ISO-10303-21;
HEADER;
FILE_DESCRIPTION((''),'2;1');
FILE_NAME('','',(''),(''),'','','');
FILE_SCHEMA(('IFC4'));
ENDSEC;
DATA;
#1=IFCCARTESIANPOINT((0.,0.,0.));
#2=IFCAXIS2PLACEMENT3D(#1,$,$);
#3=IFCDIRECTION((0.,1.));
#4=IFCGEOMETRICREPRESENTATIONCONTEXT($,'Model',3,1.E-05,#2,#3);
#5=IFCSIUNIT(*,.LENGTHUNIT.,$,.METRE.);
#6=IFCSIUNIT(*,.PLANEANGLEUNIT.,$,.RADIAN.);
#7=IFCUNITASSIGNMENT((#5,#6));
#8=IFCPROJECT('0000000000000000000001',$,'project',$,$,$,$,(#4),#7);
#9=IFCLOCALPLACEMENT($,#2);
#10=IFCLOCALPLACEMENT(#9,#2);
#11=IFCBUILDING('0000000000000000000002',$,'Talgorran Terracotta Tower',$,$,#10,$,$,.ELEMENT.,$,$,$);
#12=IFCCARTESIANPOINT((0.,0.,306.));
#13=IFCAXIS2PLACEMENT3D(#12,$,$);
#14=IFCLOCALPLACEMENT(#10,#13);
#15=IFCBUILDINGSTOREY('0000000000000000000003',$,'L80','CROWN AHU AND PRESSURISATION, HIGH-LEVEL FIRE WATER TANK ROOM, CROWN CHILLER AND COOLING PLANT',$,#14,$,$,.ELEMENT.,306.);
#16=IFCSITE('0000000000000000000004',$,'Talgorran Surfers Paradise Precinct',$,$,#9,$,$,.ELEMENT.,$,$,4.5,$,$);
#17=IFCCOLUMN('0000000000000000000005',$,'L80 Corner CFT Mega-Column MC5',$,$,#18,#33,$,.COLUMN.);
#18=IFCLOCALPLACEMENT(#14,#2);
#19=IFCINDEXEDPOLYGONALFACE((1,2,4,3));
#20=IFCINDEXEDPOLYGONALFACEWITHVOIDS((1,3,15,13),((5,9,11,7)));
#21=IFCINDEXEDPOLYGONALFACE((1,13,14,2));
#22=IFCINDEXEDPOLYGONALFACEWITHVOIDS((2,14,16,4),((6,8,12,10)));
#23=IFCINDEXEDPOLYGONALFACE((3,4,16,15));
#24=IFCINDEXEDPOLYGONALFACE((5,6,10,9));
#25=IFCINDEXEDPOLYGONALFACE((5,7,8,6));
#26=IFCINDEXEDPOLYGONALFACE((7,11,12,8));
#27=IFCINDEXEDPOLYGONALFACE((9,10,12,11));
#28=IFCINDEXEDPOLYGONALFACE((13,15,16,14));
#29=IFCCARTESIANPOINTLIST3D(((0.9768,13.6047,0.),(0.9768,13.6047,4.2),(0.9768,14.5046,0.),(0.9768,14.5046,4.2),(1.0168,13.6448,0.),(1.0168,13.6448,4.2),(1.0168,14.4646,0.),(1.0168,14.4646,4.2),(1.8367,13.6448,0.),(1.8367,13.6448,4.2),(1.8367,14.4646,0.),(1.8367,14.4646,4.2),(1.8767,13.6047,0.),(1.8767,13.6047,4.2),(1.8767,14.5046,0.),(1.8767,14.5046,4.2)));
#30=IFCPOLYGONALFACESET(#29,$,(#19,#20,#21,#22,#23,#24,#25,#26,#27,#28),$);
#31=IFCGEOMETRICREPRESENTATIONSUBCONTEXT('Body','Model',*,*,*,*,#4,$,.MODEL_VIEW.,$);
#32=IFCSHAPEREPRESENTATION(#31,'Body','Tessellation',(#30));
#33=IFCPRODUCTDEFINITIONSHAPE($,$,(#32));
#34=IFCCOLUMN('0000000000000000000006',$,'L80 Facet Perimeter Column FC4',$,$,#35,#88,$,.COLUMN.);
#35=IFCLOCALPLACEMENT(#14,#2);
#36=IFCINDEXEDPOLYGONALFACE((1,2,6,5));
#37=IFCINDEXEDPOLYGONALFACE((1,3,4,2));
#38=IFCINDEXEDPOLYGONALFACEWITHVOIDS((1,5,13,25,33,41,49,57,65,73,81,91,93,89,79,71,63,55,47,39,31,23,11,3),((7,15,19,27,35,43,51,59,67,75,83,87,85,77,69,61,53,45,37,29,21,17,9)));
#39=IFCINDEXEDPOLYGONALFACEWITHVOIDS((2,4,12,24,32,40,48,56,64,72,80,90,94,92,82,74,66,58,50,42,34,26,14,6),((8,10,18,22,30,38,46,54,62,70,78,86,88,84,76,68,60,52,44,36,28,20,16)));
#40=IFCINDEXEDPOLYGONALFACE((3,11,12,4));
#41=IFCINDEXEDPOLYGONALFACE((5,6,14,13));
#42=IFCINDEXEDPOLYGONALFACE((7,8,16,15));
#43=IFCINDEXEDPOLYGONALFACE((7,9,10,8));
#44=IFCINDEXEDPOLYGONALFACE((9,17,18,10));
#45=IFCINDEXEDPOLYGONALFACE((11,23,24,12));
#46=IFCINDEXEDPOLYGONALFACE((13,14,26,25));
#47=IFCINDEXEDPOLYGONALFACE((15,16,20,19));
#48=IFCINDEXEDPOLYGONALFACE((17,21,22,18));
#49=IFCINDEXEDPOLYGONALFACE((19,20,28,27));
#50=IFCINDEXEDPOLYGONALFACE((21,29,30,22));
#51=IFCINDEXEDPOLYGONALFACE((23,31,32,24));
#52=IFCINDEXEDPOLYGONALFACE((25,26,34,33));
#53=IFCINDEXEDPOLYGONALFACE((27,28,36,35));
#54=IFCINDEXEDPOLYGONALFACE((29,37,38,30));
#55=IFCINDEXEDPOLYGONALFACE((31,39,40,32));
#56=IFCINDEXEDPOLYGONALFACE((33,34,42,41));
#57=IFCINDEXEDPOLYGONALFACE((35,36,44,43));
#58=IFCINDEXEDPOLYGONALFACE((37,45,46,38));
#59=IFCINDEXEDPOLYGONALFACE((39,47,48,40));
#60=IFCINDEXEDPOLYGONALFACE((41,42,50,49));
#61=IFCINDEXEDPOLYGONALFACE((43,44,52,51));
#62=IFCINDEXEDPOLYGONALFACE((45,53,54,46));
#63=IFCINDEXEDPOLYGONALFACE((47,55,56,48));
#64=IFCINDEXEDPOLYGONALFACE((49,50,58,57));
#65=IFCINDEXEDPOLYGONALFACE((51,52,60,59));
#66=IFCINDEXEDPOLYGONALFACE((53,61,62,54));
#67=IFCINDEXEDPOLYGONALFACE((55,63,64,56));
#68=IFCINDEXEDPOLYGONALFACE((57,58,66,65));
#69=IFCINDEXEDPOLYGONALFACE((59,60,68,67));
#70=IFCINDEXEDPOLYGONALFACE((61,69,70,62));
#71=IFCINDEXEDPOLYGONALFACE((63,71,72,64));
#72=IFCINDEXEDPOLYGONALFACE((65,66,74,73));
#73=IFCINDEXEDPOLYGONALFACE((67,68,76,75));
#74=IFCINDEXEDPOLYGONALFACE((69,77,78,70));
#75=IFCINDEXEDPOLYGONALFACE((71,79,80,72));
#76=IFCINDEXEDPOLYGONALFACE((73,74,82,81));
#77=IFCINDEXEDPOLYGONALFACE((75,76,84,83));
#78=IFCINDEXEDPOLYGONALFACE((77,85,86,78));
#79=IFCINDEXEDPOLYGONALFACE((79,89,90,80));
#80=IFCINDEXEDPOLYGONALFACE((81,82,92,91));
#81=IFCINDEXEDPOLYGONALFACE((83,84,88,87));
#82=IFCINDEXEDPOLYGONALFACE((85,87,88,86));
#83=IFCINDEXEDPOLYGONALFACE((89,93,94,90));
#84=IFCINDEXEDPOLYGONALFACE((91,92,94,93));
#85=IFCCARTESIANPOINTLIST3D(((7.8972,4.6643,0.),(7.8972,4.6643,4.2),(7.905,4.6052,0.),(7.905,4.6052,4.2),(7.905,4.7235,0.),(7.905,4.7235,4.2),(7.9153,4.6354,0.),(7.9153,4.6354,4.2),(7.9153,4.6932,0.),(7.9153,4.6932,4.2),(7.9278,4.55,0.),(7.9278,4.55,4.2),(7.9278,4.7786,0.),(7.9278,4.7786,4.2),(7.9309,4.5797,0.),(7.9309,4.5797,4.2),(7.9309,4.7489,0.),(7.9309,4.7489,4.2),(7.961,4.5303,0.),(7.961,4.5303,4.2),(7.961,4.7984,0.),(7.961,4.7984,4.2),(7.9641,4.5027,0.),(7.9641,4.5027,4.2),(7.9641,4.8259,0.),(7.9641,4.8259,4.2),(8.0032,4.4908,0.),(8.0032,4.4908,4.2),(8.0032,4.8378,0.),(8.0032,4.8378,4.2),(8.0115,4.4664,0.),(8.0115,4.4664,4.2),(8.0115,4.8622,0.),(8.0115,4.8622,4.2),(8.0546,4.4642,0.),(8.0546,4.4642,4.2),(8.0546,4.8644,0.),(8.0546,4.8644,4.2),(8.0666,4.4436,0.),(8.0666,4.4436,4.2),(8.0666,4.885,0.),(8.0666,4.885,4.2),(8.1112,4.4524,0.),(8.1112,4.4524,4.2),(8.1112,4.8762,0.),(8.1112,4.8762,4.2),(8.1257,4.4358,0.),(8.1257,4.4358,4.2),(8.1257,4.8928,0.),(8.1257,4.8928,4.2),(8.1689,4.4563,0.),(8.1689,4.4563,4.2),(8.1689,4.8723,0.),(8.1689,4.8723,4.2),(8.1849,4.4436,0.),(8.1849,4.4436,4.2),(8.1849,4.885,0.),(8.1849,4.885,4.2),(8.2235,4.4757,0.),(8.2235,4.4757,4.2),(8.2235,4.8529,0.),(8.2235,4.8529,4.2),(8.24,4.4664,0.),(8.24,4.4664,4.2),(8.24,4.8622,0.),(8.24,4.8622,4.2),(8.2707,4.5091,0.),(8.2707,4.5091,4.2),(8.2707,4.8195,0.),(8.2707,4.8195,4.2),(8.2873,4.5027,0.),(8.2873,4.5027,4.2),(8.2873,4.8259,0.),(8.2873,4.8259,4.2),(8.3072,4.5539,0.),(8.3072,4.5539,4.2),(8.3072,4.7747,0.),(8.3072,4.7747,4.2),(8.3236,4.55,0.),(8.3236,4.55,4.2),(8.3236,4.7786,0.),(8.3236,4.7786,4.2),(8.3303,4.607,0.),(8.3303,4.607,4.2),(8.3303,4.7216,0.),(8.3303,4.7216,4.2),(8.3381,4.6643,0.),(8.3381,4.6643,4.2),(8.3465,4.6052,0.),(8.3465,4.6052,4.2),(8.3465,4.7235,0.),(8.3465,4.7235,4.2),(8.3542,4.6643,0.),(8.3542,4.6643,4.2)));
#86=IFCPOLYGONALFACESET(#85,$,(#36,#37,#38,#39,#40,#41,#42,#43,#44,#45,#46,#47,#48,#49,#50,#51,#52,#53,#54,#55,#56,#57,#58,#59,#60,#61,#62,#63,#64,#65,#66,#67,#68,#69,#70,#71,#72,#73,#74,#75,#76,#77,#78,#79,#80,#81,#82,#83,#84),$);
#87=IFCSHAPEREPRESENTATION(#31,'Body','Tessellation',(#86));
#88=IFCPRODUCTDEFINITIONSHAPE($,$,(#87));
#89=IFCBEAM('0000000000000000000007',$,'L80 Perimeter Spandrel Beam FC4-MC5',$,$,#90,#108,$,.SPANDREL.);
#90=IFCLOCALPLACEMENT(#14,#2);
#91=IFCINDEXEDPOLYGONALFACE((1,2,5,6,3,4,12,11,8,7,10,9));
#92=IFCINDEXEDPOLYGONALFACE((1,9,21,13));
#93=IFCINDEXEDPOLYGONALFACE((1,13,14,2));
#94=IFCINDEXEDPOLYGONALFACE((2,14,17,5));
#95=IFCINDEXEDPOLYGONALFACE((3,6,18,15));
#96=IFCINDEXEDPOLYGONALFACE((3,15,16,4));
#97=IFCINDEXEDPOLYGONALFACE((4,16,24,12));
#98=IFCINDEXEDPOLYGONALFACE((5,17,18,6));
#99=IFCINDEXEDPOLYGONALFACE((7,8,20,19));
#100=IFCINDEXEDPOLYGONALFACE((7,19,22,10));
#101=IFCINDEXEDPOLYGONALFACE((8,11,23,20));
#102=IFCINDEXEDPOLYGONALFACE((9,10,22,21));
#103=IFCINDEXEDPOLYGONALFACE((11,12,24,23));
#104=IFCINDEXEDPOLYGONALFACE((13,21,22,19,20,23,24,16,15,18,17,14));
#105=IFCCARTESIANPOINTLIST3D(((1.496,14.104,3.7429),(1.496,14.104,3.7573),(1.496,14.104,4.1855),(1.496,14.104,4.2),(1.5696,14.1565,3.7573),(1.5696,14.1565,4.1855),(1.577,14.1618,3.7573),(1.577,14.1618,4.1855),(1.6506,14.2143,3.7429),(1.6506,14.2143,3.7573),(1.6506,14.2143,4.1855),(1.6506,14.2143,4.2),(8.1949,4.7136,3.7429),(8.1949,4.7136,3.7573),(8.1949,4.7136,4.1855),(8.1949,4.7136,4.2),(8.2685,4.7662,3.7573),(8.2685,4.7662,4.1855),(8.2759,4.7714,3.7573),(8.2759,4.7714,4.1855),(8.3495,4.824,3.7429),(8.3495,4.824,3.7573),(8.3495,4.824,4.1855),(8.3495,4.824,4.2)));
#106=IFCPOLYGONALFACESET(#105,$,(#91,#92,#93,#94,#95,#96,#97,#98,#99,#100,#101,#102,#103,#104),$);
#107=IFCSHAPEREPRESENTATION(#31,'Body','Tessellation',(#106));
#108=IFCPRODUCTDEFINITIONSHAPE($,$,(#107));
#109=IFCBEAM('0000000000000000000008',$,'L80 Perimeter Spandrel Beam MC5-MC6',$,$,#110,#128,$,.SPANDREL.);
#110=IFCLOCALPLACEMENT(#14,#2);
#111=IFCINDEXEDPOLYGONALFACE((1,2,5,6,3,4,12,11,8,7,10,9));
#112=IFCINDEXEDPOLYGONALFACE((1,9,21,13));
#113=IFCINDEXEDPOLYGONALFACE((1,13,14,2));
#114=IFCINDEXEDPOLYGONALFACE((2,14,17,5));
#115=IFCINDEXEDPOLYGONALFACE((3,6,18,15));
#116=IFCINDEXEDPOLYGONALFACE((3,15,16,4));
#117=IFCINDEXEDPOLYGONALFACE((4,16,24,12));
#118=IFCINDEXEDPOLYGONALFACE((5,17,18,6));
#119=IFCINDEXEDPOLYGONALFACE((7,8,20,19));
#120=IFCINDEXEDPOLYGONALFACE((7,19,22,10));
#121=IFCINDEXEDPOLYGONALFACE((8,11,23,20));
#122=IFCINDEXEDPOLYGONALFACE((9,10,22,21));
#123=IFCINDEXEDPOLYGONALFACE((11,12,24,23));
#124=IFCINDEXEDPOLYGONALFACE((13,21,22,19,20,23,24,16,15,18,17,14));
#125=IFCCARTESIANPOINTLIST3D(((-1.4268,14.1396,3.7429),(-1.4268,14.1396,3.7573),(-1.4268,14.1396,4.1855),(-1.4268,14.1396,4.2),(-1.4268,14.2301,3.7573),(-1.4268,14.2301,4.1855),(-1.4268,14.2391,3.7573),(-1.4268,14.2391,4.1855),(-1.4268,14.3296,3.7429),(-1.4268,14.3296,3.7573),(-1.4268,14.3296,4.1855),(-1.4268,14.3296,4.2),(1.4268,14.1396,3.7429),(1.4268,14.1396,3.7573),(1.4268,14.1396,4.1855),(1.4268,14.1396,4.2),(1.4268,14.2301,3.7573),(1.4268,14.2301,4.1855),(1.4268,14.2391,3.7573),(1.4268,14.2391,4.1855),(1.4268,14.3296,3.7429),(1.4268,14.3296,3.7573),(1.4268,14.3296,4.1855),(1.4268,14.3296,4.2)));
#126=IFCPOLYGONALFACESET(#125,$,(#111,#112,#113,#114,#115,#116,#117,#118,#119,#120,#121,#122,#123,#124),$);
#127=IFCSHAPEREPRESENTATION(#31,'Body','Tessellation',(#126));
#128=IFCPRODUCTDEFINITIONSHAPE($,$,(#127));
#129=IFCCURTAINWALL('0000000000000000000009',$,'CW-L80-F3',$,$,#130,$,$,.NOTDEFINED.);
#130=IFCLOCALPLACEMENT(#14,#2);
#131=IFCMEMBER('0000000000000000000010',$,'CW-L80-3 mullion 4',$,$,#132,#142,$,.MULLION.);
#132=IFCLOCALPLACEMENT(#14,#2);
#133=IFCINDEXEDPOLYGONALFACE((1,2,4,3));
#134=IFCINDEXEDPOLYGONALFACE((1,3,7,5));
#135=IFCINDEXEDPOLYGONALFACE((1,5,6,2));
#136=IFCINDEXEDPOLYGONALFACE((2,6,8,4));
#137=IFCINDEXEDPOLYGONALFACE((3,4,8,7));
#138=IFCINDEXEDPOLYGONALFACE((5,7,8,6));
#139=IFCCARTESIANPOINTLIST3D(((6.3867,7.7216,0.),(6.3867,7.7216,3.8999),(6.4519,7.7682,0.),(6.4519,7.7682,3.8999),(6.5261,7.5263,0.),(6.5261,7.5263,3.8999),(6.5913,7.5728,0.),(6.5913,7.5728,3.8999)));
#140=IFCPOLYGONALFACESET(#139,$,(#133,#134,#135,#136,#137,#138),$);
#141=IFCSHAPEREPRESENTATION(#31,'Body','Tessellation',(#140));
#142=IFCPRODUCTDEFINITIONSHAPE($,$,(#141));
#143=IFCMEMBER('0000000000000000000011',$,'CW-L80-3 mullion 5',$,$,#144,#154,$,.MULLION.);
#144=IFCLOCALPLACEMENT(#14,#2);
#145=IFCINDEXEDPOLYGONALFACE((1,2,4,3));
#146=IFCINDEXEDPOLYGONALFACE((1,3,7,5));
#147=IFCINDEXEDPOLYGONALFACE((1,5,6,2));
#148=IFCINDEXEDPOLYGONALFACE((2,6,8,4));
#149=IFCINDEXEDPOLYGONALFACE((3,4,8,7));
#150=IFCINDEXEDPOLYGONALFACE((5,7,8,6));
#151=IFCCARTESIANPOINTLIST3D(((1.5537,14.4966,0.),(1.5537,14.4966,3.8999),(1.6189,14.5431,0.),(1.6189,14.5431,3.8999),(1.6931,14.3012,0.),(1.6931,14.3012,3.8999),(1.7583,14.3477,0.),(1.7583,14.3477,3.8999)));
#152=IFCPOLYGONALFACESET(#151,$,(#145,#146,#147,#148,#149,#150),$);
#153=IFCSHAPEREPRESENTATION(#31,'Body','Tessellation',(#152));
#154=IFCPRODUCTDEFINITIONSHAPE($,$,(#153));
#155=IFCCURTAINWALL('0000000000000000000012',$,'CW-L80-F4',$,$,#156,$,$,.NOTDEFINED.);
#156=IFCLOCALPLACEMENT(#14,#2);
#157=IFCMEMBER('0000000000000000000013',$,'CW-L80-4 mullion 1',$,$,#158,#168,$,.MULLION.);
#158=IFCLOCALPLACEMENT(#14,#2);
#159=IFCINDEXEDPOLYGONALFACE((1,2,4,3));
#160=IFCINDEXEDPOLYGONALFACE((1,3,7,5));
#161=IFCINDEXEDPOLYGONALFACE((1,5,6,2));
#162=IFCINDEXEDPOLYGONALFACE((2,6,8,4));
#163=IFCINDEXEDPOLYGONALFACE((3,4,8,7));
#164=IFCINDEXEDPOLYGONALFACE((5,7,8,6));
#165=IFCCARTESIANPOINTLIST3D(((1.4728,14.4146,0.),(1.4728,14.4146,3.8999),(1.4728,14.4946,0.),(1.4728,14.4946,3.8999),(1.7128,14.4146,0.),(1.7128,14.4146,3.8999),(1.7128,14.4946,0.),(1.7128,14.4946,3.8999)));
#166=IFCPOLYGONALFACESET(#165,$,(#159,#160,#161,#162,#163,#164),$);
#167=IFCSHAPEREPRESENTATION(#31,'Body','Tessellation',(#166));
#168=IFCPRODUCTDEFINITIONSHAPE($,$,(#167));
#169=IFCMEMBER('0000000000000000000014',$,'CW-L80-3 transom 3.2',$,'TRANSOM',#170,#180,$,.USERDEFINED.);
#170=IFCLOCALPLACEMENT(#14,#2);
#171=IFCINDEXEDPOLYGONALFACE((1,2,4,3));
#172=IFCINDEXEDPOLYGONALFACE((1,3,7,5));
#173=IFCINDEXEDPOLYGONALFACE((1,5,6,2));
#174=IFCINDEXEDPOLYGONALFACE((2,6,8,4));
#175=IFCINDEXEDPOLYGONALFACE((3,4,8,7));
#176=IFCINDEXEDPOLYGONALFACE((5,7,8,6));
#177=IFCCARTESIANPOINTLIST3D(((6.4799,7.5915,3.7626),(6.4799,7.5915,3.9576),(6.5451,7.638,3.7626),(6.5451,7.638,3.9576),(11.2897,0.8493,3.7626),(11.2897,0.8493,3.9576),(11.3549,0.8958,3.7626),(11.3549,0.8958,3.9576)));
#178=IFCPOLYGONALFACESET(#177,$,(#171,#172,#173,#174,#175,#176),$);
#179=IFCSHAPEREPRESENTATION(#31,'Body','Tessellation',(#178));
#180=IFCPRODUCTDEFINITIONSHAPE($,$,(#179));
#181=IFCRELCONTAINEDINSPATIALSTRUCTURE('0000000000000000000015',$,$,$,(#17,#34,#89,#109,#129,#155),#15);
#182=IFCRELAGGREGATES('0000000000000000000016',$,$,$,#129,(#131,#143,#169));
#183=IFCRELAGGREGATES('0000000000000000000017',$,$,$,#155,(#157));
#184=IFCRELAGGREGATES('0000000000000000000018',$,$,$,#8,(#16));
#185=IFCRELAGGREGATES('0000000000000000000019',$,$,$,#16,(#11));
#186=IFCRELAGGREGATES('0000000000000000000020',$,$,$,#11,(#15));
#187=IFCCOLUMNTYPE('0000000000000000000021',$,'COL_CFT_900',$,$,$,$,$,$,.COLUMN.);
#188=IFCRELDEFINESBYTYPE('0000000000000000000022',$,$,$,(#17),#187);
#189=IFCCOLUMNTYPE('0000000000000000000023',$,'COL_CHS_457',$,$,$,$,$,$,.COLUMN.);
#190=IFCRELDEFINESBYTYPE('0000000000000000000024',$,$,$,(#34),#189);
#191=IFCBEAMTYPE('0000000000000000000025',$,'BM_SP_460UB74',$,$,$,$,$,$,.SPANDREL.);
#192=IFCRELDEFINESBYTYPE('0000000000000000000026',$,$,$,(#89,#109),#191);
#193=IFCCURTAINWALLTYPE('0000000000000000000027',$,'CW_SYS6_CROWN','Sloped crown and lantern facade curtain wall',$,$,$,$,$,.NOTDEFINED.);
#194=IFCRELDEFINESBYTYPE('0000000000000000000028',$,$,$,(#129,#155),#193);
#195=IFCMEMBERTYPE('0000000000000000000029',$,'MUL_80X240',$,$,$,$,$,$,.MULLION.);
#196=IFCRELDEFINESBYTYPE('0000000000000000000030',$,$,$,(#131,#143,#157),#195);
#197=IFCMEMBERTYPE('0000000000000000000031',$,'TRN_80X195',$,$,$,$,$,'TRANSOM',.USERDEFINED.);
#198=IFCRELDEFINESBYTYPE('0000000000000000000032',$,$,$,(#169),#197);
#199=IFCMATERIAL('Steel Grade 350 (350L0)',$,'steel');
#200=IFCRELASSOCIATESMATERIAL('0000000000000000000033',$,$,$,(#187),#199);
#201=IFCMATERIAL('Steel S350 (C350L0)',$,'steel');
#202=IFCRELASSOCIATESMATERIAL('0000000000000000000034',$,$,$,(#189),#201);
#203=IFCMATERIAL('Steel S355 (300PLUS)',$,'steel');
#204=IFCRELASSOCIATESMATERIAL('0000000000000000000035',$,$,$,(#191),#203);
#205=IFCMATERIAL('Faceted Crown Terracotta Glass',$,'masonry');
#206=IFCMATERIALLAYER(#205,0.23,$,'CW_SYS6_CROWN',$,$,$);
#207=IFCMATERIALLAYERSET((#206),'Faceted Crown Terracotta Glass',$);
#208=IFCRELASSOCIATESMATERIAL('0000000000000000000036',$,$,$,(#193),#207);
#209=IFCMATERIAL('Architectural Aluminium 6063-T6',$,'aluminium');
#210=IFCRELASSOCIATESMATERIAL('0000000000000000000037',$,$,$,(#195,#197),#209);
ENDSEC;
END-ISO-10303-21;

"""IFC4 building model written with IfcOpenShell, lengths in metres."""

from ifc_helpers import new_model, si_unit, direction, frame, origin, origin_2d, place, context, subcontext, project, spatial, rectangle, hollow_rectangle, hollow_circle, i_section, extrude, material, layer, layer_set, material_profile, profile_set, type_object, element, aggregate, save


model = new_model("IFC4")

# Units and contexts
model_context = context("Model", 3, precision=1e-05, world=origin(), true_north=direction((0.0, 1.0)))
body_context = subcontext(model_context, "Body", "Model", "MODEL_VIEW")
ifc_project = project(units=[si_unit("LENGTHUNIT", "METRE"), si_unit("PLANEANGLEUNIT", "RADIAN")], contexts=[model_context])

# Site, building, storey
site_placement = place(None, origin())
site = spatial("IfcSite", under=ifc_project, at=site_placement, Name="Talgorran Surfers Paradise Precinct", CompositionType="ELEMENT", RefElevation=4.5)
building_placement = place(site_placement, origin())
building = spatial("IfcBuilding", under=site, at=building_placement, Name="Talgorran Terracotta Tower", CompositionType="ELEMENT")
storey_placement = place(building_placement, frame((0.0, 0.0, 306.0)))
storey = spatial("IfcBuildingStorey", under=building, at=storey_placement, Name="L80", Description="CROWN AHU AND PRESSURISATION, HIGH-LEVEL FIRE WATER TANK ROOM, CROWN CHILLER AND COOLING PLANT", CompositionType="ELEMENT", Elevation=306.0)

# Columns
ifc_material_1 = material(Name="Steel Grade 350 (350L0)", Category="steel")
ifc_material_profile_1 = material_profile(ifc_material_1, hollow_rectangle(XDim=0.8999, YDim=0.8999, WallThickness=0.04, at=origin_2d()), Name="CFT900X900X40")
ifc_profile_set_1 = profile_set([ifc_material_profile_1], Name="Steel Grade 350 (350L0)")
column_type_1 = type_object("IfcColumnType", Name="COL_CFT_900", PredefinedType="COLUMN", material=ifc_profile_set_1)
column_1_placement = place(storey_placement, frame((1.4268, 14.0547, 0.0), z_axis=(0.0, 0.0, 1.0), x_axis=(1.0, 0.0, 0.0)))
element("IfcColumn", 1, at=column_1_placement, inside=storey, type_object=column_type_1, Name="L80 Corner CFT Mega-Column MC5", PredefinedType="COLUMN", context=body_context, shape_type="SweptSolid", body=[
    extrude(hollow_rectangle(XDim=0.8999, YDim=0.8999, WallThickness=0.04, at=origin_2d()), origin(), (0.0, 0.0, 1.0), 4.2),
])
ifc_material_2 = material(Name="Steel S350 (C350L0)", Category="steel")
ifc_material_profile_2 = material_profile(ifc_material_2, hollow_circle(Radius=0.2285, WallThickness=0.0161, at=origin_2d()), Name="CHS457X16")
ifc_profile_set_2 = profile_set([ifc_material_profile_2], Name="Steel S350 (C350L0)")
column_type_2 = type_object("IfcColumnType", Name="COL_CHS_457", PredefinedType="COLUMN", material=ifc_profile_set_2)
column_2_placement = place(storey_placement, frame((8.1257, 4.6643, 0.0), z_axis=(0.0, 0.0, 1.0), x_axis=(1.0, 0.0, 0.0)))
element("IfcColumn", 2, at=column_2_placement, inside=storey, type_object=column_type_2, Name="L80 Facet Perimeter Column FC4", PredefinedType="COLUMN", context=body_context, shape_type="SweptSolid", body=[
    extrude(hollow_circle(Radius=0.2285, WallThickness=0.0161, at=origin_2d()), origin(), (0.0, 0.0, 1.0), 4.2),
])

# Beams
ifc_material_3 = material(Name="Steel S355 (300PLUS)", Category="steel")
ifc_material_profile_3 = material_profile(ifc_material_3, i_section(OverallWidth=0.1899, OverallDepth=0.457, WebThickness=0.009, FlangeThickness=0.0144, at=origin_2d()), Name="460UB74.6")
ifc_profile_set_3 = profile_set([ifc_material_profile_3], Name="Steel S355 (300PLUS)")
beam_type = type_object("IfcBeamType", Name="BM_SP_460UB74", PredefinedType="SPANDREL", material=ifc_profile_set_3)
beam_1_placement = place(storey_placement, frame((8.2722, 4.7688, 3.9714), z_axis=(-0.580754, 0.814079, 0.0), x_axis=(-0.814079, -0.580754, 0.0)))
element("IfcBeam", 3, at=beam_1_placement, inside=storey, type_object=beam_type, Name="L80 Perimeter Spandrel Beam FC4-MC5", PredefinedType="SPANDREL", context=body_context, shape_type="SweptSolid", body=[
    extrude(i_section(OverallWidth=0.1899, OverallDepth=0.457, WebThickness=0.009, FlangeThickness=0.0144, at=origin_2d()), origin(), (0.0, 0.0, 1.0), 11.5349),
])
beam_2_placement = place(storey_placement, frame((1.4268, 14.2346, 3.9714), z_axis=(-1.0, 0.0, 0.0), x_axis=(0.0, -1.0, 0.0)))
element("IfcBeam", 4, at=beam_2_placement, inside=storey, type_object=beam_type, Name="L80 Perimeter Spandrel Beam MC5-MC6", PredefinedType="SPANDREL", context=body_context, shape_type="SweptSolid", body=[
    extrude(i_section(OverallWidth=0.1899, OverallDepth=0.457, WebThickness=0.009, FlangeThickness=0.0144, at=origin_2d()), origin(), (0.0, 0.0, 1.0), 2.8535),
])

# Curtain wall, members
ifc_material_4 = material(Name="Faceted Crown Terracotta Glass", Category="masonry")
ifc_layer_1 = layer(ifc_material_4, 0.23, Name="CW_SYS6_CROWN")
ifc_layer_set_1 = layer_set([ifc_layer_1], Name="Faceted Crown Terracotta Glass")
curtain_wall_type = type_object("IfcCurtainWallType", Name="CW_SYS6_CROWN", Description="Sloped crown and lantern facade curtain wall", PredefinedType="NOTDEFINED", material=ifc_layer_set_1)
curtain_wall_1_placement = place(storey_placement, origin())
curtain_wall_1 = element("IfcCurtainWall", 5, at=curtain_wall_1_placement, inside=storey, type_object=curtain_wall_type, Name="CW-L80-F3", PredefinedType="NOTDEFINED")
ifc_material_5 = material(Name="Architectural Aluminium 6063-T6", Category="aluminium")
ifc_material_profile_4 = material_profile(ifc_material_5, rectangle(XDim=0.0801, YDim=0.24, at=origin_2d()), Name="CWM80X240")
ifc_profile_set_4 = profile_set([ifc_material_profile_4], Name="Architectural Aluminium 6063-T6")
member_type_1 = type_object("IfcMemberType", Name="MUL_80X240", PredefinedType="MULLION", material=ifc_profile_set_4)
member_1_placement = place(storey_placement, frame((6.489, 7.6472, 0.0), z_axis=(0.0, 0.0, 1.0), x_axis=(-0.814076, -0.580758, 0.0)))
member_1 = element("IfcMember", 6, at=member_1_placement, type_object=member_type_1, Name="CW-L80-3 mullion 4", PredefinedType="MULLION", context=body_context, shape_type="SweptSolid", body=[
    extrude(rectangle(XDim=0.0801, YDim=0.24, at=origin_2d()), origin(), (0.0, 0.0, 1.0), 3.8999),
])
member_2_placement = place(storey_placement, frame((1.656, 14.4221, 0.0), z_axis=(0.0, 0.0, 1.0), x_axis=(-0.814076, -0.580758, 0.0)))
member_2 = element("IfcMember", 7, at=member_2_placement, type_object=member_type_1, Name="CW-L80-3 mullion 5", PredefinedType="MULLION", context=body_context, shape_type="SweptSolid", body=[
    extrude(rectangle(XDim=0.0801, YDim=0.24, at=origin_2d()), origin(), (0.0, 0.0, 1.0), 3.8999),
])

# Curtain wall, member
curtain_wall_2_placement = place(storey_placement, origin())
curtain_wall_2 = element("IfcCurtainWall", 8, at=curtain_wall_2_placement, inside=storey, type_object=curtain_wall_type, Name="CW-L80-F4", PredefinedType="NOTDEFINED")
member_3_placement = place(storey_placement, frame((1.5928, 14.4546, 0.0), z_axis=(0.0, 0.0, 1.0), x_axis=(0.0, -1.0, 0.0)))
member_3 = element("IfcMember", 9, at=member_3_placement, type_object=member_type_1, Name="CW-L80-4 mullion 1", PredefinedType="MULLION", context=body_context, shape_type="SweptSolid", body=[
    extrude(rectangle(XDim=0.0801, YDim=0.24, at=origin_2d()), origin(), (0.0, 0.0, 1.0), 3.8999),
])

# Member
ifc_material_profile_5 = material_profile(ifc_material_5, rectangle(XDim=0.0801, YDim=0.1951, at=origin_2d()), Name="CWT80X195")
ifc_profile_set_5 = profile_set([ifc_material_profile_5], Name="Architectural Aluminium 6063-T6")
member_type_2 = type_object("IfcMemberType", Name="TRN_80X195", ElementType="TRANSOM", PredefinedType="USERDEFINED", material=ifc_profile_set_5)
member_4_placement = place(storey_placement, frame((11.3223, 0.8726, 3.8601), z_axis=(-0.580756, 0.814078, 0.0), x_axis=(-0.814078, -0.580756, 0.0)))
member_4 = element("IfcMember", 10, at=member_4_placement, type_object=member_type_2, Name="CW-L80-3 transom 3.2", ObjectType="TRANSOM", PredefinedType="USERDEFINED", context=body_context, shape_type="SweptSolid", body=[
    extrude(rectangle(XDim=0.0801, YDim=0.1951, at=origin_2d()), origin(), (0.0, 0.0, 1.0), 8.282),
])

aggregate(curtain_wall_1, [member_1, member_2, member_4])
aggregate(curtain_wall_2, [member_3])

save(model, "model.ifc")
